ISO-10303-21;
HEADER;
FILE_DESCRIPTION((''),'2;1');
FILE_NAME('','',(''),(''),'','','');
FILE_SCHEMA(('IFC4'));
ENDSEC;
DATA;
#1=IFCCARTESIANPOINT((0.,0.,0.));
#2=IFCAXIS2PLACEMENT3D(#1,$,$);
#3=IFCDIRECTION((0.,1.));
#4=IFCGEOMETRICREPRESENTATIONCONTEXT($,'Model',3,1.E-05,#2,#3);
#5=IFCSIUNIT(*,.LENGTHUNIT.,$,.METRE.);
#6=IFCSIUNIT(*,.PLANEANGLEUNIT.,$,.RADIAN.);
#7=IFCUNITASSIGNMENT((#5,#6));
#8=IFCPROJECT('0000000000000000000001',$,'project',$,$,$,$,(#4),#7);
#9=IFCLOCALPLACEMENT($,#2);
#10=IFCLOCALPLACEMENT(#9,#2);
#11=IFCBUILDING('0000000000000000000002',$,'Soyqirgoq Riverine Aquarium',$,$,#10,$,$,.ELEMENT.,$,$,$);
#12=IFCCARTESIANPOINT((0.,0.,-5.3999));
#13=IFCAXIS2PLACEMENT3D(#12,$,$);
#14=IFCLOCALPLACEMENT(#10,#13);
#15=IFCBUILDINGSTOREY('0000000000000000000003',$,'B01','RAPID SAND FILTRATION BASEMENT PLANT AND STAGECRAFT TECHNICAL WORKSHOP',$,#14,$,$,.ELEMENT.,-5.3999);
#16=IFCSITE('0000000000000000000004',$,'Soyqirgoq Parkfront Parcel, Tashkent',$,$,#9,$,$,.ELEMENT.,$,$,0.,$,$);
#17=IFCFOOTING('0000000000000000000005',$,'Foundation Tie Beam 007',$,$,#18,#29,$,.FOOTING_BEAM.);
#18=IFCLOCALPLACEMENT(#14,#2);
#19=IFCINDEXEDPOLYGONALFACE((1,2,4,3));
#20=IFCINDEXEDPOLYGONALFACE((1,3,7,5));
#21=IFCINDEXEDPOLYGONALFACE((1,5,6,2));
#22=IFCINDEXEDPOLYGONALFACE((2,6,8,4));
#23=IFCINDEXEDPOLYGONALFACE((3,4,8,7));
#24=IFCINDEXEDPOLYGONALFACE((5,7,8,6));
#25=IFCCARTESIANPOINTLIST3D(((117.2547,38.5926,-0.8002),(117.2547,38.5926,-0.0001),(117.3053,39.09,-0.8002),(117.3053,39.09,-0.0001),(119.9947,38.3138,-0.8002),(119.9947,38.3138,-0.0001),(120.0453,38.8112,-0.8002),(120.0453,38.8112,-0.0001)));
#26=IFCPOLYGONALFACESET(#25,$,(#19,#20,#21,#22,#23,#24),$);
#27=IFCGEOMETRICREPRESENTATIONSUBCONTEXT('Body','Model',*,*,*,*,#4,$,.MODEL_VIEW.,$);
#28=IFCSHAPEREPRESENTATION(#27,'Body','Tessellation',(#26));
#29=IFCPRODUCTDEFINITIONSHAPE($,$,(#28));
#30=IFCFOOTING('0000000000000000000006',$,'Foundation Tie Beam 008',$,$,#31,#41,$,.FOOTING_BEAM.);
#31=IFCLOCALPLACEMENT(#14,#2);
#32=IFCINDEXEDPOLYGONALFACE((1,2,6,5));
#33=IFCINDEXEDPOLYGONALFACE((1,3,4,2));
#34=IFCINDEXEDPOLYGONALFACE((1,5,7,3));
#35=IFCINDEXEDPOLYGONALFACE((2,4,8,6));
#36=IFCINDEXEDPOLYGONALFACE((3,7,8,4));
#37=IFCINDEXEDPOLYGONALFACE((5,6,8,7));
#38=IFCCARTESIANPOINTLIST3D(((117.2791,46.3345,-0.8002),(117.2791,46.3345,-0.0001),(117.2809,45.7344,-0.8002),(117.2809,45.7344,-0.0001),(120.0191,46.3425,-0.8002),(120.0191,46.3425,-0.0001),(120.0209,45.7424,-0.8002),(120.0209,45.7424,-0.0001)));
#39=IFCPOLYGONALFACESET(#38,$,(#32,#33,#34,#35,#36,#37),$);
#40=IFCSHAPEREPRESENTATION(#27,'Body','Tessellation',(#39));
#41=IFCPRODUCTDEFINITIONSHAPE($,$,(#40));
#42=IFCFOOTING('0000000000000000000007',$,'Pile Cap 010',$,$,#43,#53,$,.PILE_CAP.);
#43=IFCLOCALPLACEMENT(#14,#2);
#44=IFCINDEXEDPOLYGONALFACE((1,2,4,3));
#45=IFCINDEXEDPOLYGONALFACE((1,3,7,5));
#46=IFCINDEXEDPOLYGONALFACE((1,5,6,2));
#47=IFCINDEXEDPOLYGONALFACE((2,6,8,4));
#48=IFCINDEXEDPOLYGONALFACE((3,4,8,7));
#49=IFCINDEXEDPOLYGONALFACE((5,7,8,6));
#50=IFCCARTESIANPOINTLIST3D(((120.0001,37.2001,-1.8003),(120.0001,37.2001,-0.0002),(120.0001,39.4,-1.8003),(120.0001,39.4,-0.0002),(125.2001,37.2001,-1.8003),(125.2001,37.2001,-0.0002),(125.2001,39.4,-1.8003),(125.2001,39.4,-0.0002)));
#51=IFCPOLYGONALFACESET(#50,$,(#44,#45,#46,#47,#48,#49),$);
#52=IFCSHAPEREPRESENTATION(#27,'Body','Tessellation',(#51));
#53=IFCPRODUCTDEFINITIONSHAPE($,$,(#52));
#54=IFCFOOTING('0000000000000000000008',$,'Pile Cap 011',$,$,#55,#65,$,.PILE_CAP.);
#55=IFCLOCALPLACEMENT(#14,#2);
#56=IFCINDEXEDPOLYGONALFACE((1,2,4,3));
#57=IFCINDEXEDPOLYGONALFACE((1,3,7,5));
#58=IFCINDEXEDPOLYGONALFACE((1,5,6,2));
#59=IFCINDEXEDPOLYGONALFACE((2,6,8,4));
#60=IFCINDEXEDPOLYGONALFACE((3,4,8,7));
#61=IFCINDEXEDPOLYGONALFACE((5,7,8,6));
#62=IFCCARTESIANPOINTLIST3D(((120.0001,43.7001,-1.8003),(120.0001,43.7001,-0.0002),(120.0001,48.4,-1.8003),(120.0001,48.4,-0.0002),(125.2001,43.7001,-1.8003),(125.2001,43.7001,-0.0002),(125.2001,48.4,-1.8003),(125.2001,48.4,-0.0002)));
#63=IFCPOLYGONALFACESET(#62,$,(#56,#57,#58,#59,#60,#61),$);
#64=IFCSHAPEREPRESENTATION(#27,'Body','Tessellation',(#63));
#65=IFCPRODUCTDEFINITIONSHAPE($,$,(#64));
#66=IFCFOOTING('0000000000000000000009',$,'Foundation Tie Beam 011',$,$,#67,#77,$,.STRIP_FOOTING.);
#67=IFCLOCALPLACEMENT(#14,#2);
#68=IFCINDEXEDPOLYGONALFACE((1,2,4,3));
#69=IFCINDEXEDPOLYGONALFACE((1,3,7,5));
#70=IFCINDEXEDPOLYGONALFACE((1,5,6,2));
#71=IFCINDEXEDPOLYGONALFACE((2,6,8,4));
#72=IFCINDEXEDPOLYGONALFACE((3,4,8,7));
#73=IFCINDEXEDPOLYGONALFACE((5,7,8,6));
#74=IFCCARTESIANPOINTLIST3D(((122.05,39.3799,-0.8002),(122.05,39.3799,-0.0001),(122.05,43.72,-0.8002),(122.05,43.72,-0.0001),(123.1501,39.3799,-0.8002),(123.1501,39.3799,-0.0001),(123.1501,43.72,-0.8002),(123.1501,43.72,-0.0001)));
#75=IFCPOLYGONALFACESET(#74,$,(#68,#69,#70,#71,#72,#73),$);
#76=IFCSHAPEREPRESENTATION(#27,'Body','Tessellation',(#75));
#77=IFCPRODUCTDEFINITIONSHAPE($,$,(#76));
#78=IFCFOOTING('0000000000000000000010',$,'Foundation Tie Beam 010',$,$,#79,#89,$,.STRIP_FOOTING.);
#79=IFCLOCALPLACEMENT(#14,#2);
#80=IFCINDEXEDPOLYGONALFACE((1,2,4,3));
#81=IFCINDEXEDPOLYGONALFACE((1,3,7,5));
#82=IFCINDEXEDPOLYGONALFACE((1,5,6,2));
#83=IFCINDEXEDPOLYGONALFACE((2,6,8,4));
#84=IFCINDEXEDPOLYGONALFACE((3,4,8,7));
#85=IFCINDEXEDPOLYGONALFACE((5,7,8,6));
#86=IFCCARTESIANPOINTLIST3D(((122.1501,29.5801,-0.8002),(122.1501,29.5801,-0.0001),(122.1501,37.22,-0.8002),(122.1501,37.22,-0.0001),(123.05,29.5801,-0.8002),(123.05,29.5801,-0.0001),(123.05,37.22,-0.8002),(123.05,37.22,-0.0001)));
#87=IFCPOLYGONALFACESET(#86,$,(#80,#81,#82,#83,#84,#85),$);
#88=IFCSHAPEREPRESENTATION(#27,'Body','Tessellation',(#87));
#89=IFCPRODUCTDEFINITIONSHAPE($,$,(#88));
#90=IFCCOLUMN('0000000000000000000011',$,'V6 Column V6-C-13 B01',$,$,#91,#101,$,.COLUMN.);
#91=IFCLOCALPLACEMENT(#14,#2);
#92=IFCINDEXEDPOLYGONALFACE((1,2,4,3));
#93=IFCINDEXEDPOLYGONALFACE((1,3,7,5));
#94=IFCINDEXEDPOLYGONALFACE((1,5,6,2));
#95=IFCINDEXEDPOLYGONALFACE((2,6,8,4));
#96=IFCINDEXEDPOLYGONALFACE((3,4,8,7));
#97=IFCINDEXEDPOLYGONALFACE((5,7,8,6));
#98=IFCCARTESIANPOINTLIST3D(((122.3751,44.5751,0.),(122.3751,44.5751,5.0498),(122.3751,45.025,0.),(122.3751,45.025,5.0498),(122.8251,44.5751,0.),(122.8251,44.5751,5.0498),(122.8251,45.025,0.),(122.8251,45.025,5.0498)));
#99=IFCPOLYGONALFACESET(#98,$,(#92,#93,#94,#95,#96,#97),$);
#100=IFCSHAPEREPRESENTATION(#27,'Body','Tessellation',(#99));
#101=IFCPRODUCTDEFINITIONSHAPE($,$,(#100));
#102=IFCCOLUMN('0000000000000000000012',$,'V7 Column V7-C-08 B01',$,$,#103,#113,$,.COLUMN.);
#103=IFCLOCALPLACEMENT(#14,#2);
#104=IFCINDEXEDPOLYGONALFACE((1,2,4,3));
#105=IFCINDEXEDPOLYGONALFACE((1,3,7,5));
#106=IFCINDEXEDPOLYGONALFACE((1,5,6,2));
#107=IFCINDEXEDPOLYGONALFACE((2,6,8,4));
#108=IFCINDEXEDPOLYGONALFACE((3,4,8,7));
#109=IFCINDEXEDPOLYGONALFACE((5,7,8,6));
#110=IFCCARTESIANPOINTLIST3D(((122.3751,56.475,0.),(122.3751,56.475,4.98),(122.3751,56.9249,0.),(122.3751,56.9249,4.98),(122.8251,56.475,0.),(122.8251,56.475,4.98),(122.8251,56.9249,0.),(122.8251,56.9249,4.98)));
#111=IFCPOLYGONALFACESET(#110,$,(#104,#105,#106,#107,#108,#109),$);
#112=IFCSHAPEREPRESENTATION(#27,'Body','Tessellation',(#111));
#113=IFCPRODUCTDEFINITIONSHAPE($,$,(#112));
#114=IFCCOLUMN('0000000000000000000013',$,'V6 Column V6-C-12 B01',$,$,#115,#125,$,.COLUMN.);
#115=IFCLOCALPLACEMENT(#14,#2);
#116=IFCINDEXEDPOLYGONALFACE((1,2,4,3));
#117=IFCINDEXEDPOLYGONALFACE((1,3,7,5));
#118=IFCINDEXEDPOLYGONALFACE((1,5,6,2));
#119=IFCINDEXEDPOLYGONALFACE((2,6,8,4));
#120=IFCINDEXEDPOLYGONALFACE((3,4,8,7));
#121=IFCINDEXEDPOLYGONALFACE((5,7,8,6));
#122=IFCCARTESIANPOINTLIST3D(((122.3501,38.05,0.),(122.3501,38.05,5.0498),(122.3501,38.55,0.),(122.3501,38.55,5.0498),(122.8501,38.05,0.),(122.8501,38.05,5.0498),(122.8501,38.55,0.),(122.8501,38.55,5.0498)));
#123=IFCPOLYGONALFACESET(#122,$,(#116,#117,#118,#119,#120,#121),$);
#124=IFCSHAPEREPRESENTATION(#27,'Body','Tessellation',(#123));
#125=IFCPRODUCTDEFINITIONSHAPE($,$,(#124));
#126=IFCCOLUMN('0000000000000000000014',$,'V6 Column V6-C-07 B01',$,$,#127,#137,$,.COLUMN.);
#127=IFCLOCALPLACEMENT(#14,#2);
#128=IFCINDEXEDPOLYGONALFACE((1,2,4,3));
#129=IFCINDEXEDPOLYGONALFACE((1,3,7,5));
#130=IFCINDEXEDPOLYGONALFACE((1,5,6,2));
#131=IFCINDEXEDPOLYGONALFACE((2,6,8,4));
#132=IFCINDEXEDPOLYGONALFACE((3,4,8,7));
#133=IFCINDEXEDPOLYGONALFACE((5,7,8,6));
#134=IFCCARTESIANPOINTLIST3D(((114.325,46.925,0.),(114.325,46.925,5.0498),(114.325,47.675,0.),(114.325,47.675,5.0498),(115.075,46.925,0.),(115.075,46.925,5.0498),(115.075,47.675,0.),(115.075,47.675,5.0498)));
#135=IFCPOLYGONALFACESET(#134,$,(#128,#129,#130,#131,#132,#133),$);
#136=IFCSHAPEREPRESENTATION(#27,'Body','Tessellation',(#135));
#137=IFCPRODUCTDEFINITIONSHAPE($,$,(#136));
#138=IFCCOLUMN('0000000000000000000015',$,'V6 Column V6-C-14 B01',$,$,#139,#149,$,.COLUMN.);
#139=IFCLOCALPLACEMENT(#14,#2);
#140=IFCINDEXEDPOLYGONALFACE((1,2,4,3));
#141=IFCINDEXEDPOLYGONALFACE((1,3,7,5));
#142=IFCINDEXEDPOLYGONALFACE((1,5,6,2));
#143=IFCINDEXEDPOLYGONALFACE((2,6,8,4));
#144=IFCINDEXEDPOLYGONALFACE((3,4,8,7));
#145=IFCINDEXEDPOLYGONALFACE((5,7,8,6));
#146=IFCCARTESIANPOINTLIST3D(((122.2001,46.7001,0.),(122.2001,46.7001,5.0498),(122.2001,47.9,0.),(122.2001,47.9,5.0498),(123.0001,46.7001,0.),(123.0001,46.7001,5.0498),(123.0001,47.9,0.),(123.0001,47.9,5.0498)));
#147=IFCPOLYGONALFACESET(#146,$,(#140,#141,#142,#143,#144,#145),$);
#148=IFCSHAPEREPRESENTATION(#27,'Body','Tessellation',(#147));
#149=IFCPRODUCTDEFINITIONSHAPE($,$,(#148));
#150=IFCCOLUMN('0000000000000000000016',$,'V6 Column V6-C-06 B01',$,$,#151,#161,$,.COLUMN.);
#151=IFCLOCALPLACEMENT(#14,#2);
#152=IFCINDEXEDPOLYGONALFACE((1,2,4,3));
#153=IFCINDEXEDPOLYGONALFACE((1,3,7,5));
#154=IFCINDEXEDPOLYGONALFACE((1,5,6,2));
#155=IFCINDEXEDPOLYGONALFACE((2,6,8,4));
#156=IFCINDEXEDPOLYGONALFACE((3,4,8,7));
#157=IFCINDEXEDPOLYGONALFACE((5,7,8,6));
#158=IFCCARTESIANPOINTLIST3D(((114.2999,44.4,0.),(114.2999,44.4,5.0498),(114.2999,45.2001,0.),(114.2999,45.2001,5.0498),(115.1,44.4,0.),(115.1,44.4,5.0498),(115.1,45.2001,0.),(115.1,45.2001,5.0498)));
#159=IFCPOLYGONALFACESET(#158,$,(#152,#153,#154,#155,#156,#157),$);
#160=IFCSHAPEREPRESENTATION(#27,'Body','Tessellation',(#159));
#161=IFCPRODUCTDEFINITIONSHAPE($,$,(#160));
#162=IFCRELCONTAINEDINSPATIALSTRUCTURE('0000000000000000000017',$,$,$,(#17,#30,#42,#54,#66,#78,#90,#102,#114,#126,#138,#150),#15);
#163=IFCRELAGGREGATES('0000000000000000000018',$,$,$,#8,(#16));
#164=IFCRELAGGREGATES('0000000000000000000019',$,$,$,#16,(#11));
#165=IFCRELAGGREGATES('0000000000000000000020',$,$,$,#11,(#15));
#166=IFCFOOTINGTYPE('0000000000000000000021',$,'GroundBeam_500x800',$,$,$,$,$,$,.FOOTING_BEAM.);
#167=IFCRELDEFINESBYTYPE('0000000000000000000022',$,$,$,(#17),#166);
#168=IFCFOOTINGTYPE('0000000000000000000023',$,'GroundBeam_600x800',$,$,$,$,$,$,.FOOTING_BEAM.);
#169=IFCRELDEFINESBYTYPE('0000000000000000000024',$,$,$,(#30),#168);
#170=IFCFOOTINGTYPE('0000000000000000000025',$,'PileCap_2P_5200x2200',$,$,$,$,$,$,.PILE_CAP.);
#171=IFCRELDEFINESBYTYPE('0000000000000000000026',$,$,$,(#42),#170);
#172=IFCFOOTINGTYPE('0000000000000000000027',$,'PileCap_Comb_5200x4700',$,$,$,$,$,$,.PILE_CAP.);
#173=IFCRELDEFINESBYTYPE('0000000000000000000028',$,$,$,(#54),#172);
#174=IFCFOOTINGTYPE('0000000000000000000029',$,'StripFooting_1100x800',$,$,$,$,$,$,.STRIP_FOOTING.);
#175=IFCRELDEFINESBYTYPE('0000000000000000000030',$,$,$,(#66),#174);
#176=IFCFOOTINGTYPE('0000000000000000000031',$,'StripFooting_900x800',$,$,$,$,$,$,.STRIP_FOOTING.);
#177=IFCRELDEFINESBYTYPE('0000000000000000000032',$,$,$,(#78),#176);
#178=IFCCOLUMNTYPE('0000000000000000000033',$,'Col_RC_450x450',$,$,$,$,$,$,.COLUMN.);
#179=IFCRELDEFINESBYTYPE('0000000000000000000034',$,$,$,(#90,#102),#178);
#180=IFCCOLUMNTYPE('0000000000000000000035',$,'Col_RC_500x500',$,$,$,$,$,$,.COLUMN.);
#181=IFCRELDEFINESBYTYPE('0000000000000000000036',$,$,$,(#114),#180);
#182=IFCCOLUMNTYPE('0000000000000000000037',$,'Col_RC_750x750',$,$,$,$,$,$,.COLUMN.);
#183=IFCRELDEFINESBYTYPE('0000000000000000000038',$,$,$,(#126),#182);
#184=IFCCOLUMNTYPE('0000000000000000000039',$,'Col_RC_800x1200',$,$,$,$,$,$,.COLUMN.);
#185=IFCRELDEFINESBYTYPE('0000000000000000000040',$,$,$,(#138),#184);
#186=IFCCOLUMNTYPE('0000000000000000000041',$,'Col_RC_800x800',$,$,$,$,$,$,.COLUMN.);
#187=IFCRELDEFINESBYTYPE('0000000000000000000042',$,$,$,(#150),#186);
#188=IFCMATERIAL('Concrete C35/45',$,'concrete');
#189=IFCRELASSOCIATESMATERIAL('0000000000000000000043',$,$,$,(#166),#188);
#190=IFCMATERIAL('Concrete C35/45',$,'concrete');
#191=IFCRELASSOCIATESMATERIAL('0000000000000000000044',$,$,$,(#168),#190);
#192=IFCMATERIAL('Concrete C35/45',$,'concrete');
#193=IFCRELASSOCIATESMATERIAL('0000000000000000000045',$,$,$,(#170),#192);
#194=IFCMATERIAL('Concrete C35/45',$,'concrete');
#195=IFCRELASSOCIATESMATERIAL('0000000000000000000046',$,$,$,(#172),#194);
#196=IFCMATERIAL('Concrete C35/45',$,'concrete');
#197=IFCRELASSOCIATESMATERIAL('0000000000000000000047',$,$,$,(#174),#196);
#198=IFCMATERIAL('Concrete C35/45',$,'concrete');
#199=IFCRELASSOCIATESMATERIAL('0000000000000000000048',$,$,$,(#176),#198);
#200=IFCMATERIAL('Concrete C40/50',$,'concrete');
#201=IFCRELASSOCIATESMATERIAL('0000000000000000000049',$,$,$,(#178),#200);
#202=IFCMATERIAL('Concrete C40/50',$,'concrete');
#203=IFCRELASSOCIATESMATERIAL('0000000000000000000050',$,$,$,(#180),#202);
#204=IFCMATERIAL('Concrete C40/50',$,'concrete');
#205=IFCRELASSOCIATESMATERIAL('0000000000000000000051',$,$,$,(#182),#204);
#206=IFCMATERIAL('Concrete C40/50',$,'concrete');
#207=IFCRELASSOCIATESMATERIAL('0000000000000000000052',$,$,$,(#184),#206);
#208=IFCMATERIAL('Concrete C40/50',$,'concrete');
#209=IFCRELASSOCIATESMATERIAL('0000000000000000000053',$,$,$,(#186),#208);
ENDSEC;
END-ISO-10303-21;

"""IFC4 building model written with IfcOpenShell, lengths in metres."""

from ifc_helpers import new_model, si_unit, direction, frame, origin, origin_2d, place, context, subcontext, project, spatial, rectangle, extrude, material, material_profile, profile_set, type_object, element, save


model = new_model("IFC4")

# Units and contexts
model_context = context("Model", 3, precision=1e-05, world=origin(), true_north=direction((0.0, 1.0)))
body_context = subcontext(model_context, "Body", "Model", "MODEL_VIEW")
ifc_project = project(units=[si_unit("LENGTHUNIT", "METRE"), si_unit("PLANEANGLEUNIT", "RADIAN")], contexts=[model_context])

# Site, building, storey
site_placement = place(None, origin())
site = spatial("IfcSite", under=ifc_project, at=site_placement, Name="Soyqirgoq Parkfront Parcel, Tashkent", CompositionType="ELEMENT", RefElevation=0.0)
building_placement = place(site_placement, origin())
building = spatial("IfcBuilding", under=site, at=building_placement, Name="Soyqirgoq Riverine Aquarium", CompositionType="ELEMENT")
storey_placement = place(building_placement, frame((0.0, 0.0, -5.3999)))
storey = spatial("IfcBuildingStorey", under=building, at=storey_placement, Name="B01", Description="RAPID SAND FILTRATION BASEMENT PLANT AND STAGECRAFT TECHNICAL WORKSHOP", CompositionType="ELEMENT", Elevation=-5.3999)

# Footings
ifc_material_1 = material(Name="Concrete C35/45", Category="concrete")
ifc_material_profile_1 = material_profile(ifc_material_1, rectangle(XDim=0.5, YDim=0.8, at=origin_2d()), Name="RC 500x800")
ifc_profile_set_1 = profile_set([ifc_material_profile_1], Name="Concrete C35/45")
footing_type_1 = type_object("IfcFootingType", Name="GroundBeam_500x800", PredefinedType="FOOTING_BEAM", material=ifc_profile_set_1)
footing_1_placement = place(storey_placement, frame((117.28, 38.8413, -0.4001), z_axis=(0.994863, -0.101233, 0.0), x_axis=(0.101233, 0.994863, 0.0)))
element("IfcFooting", 1, at=footing_1_placement, inside=storey, type_object=footing_type_1, Name="Foundation Tie Beam 007", PredefinedType="FOOTING_BEAM", context=body_context, shape_type="SweptSolid", body=[
    extrude(rectangle(XDim=0.5, YDim=0.8, at=origin_2d()), origin(), (0.0, 0.0, 1.0), 2.7542),
])
ifc_material_2 = material(Name="Concrete C35/45", Category="concrete")
ifc_material_profile_2 = material_profile(ifc_material_2, rectangle(XDim=0.6001, YDim=0.8, at=origin_2d()), Name="RC 600x800")
ifc_profile_set_2 = profile_set([ifc_material_profile_2], Name="Concrete C35/45")
footing_type_2 = type_object("IfcFootingType", Name="GroundBeam_600x800", PredefinedType="FOOTING_BEAM", material=ifc_profile_set_2)
footing_2_placement = place(storey_placement, frame((117.28, 46.0344, -0.4001), z_axis=(0.999996, 0.00294, 0.0), x_axis=(-0.00294, 0.999996, 0.0)))
element("IfcFooting", 2, at=footing_2_placement, inside=storey, type_object=footing_type_2, Name="Foundation Tie Beam 008", PredefinedType="FOOTING_BEAM", context=body_context, shape_type="SweptSolid", body=[
    extrude(rectangle(XDim=0.6001, YDim=0.8, at=origin_2d()), origin(), (0.0, 0.0, 1.0), 2.74),
])
ifc_material_3 = material(Name="Concrete C35/45", Category="concrete")
footing_type_3 = type_object("IfcFootingType", Name="PileCap_2P_5200x2200", PredefinedType="PILE_CAP", material=ifc_material_3)
footing_3_placement = place(storey_placement, frame((122.6001, 38.3, -1.8003), z_axis=(0.0, 0.0, 1.0), x_axis=(1.0, 0.0, 0.0)))
element("IfcFooting", 3, at=footing_3_placement, inside=storey, type_object=footing_type_3, Name="Pile Cap 010", PredefinedType="PILE_CAP", context=body_context, shape_type="SweptSolid", body=[
    extrude(rectangle(XDim=5.2, YDim=2.2, at=origin_2d()), origin(), (0.0, 0.0, 1.0), 1.8),
])
ifc_material_4 = material(Name="Concrete C35/45", Category="concrete")
footing_type_4 = type_object("IfcFootingType", Name="PileCap_Comb_5200x4700", PredefinedType="PILE_CAP", material=ifc_material_4)
footing_4_placement = place(storey_placement, frame((122.6001, 46.05, -1.8003), z_axis=(0.0, 0.0, 1.0), x_axis=(1.0, 0.0, 0.0)))
element("IfcFooting", 4, at=footing_4_placement, inside=storey, type_object=footing_type_4, Name="Pile Cap 011", PredefinedType="PILE_CAP", context=body_context, shape_type="SweptSolid", body=[
    extrude(rectangle(XDim=5.2, YDim=4.7, at=origin_2d()), origin(), (0.0, 0.0, 1.0), 1.8),
])
ifc_material_5 = material(Name="Concrete C35/45", Category="concrete")
ifc_material_profile_3 = material_profile(ifc_material_5, rectangle(XDim=1.1001, YDim=0.8, at=origin_2d()), Name="RC 1100x800")
ifc_profile_set_3 = profile_set([ifc_material_profile_3], Name="Concrete C35/45")
footing_type_5 = type_object("IfcFootingType", Name="StripFooting_1100x800", PredefinedType="STRIP_FOOTING", material=ifc_profile_set_3)
footing_5_placement = place(storey_placement, frame((122.6001, 39.3799, -0.4001), z_axis=(0.0, 1.0, 0.0), x_axis=(-1.0, 0.0, 0.0)))
element("IfcFooting", 5, at=footing_5_placement, inside=storey, type_object=footing_type_5, Name="Foundation Tie Beam 011", PredefinedType="STRIP_FOOTING", context=body_context, shape_type="SweptSolid", body=[
    extrude(rectangle(XDim=1.1001, YDim=0.8, at=origin_2d()), origin(), (0.0, 0.0, 1.0), 4.3401),
])
ifc_material_6 = material(Name="Concrete C35/45", Category="concrete")
ifc_material_profile_4 = material_profile(ifc_material_6, rectangle(XDim=0.8999, YDim=0.8, at=origin_2d()), Name="RC 900x800")
ifc_profile_set_4 = profile_set([ifc_material_profile_4], Name="Concrete C35/45")
footing_type_6 = type_object("IfcFootingType", Name="StripFooting_900x800", PredefinedType="STRIP_FOOTING", material=ifc_profile_set_4)
footing_6_placement = place(storey_placement, frame((122.6001, 29.5801, -0.4001), z_axis=(0.0, 1.0, 0.0), x_axis=(-1.0, 0.0, 0.0)))
element("IfcFooting", 6, at=footing_6_placement, inside=storey, type_object=footing_type_6, Name="Foundation Tie Beam 010", PredefinedType="STRIP_FOOTING", context=body_context, shape_type="SweptSolid", body=[
    extrude(rectangle(XDim=0.8999, YDim=0.8, at=origin_2d()), origin(), (0.0, 0.0, 1.0), 7.6399),
])

# Columns
ifc_material_7 = material(Name="Concrete C40/50", Category="concrete")
ifc_material_profile_5 = material_profile(ifc_material_7, rectangle(XDim=0.45, YDim=0.45, at=origin_2d()), Name="RC 450x450")
ifc_profile_set_5 = profile_set([ifc_material_profile_5], Name="Concrete C40/50")
column_type_1 = type_object("IfcColumnType", Name="Col_RC_450x450", PredefinedType="COLUMN", material=ifc_profile_set_5)
column_1_placement = place(storey_placement, frame((122.6001, 44.8, 0.0), z_axis=(0.0, 0.0, 1.0), x_axis=(1.0, 0.0, 0.0)))
element("IfcColumn", 7, at=column_1_placement, inside=storey, type_object=column_type_1, Name="V6 Column V6-C-13 B01", PredefinedType="COLUMN", context=body_context, shape_type="SweptSolid", body=[
    extrude(rectangle(XDim=0.45, YDim=0.45, at=origin_2d()), origin(), (0.0, 0.0, 1.0), 5.0498),
])
column_2_placement = place(storey_placement, frame((122.6001, 56.7, 0.0), z_axis=(0.0, 0.0, 1.0), x_axis=(1.0, 0.0, 0.0)))
element("IfcColumn", 8, at=column_2_placement, inside=storey, type_object=column_type_1, Name="V7 Column V7-C-08 B01", PredefinedType="COLUMN", context=body_context, shape_type="SweptSolid", body=[
    extrude(rectangle(XDim=0.45, YDim=0.45, at=origin_2d()), origin(), (0.0, 0.0, 1.0), 4.98),
])
ifc_material_8 = material(Name="Concrete C40/50", Category="concrete")
ifc_material_profile_6 = material_profile(ifc_material_8, rectangle(XDim=0.5, YDim=0.5, at=origin_2d()), Name="RC 500x500")
ifc_profile_set_6 = profile_set([ifc_material_profile_6], Name="Concrete C40/50")
column_type_2 = type_object("IfcColumnType", Name="Col_RC_500x500", PredefinedType="COLUMN", material=ifc_profile_set_6)
column_3_placement = place(storey_placement, frame((122.6001, 38.3, 0.0), z_axis=(0.0, 0.0, 1.0), x_axis=(1.0, 0.0, 0.0)))
element("IfcColumn", 9, at=column_3_placement, inside=storey, type_object=column_type_2, Name="V6 Column V6-C-12 B01", PredefinedType="COLUMN", context=body_context, shape_type="SweptSolid", body=[
    extrude(rectangle(XDim=0.5, YDim=0.5, at=origin_2d()), origin(), (0.0, 0.0, 1.0), 5.0498),
])
ifc_material_9 = material(Name="Concrete C40/50", Category="concrete")
ifc_material_profile_7 = material_profile(ifc_material_9, rectangle(XDim=0.75, YDim=0.75, at=origin_2d()), Name="RC 750x750")
ifc_profile_set_7 = profile_set([ifc_material_profile_7], Name="Concrete C40/50")
column_type_3 = type_object("IfcColumnType", Name="Col_RC_750x750", PredefinedType="COLUMN", material=ifc_profile_set_7)
column_4_placement = place(storey_placement, frame((114.7, 47.3, 0.0), z_axis=(0.0, 0.0, 1.0), x_axis=(1.0, 0.0, 0.0)))
element("IfcColumn", 10, at=column_4_placement, inside=storey, type_object=column_type_3, Name="V6 Column V6-C-07 B01", PredefinedType="COLUMN", context=body_context, shape_type="SweptSolid", body=[
    extrude(rectangle(XDim=0.75, YDim=0.75, at=origin_2d()), origin(), (0.0, 0.0, 1.0), 5.0498),
])
ifc_material_10 = material(Name="Concrete C40/50", Category="concrete")
ifc_material_profile_8 = material_profile(ifc_material_10, rectangle(XDim=0.8, YDim=1.2, at=origin_2d()), Name="RC-COL 800x1200")
ifc_profile_set_8 = profile_set([ifc_material_profile_8], Name="Concrete C40/50")
column_type_4 = type_object("IfcColumnType", Name="Col_RC_800x1200", PredefinedType="COLUMN", material=ifc_profile_set_8)
column_5_placement = place(storey_placement, frame((122.6001, 47.3, 0.0), z_axis=(0.0, 0.0, 1.0), x_axis=(1.0, 0.0, 0.0)))
element("IfcColumn", 11, at=column_5_placement, inside=storey, type_object=column_type_4, Name="V6 Column V6-C-14 B01", PredefinedType="COLUMN", context=body_context, shape_type="SweptSolid", body=[
    extrude(rectangle(XDim=0.8, YDim=1.2, at=origin_2d()), origin(), (0.0, 0.0, 1.0), 5.0498),
])
ifc_material_11 = material(Name="Concrete C40/50", Category="concrete")
ifc_material_profile_9 = material_profile(ifc_material_11, rectangle(XDim=0.8, YDim=0.8, at=origin_2d()), Name="RC 800x800")
ifc_profile_set_9 = profile_set([ifc_material_profile_9], Name="Concrete C40/50")
column_type_5 = type_object("IfcColumnType", Name="Col_RC_800x800", PredefinedType="COLUMN", material=ifc_profile_set_9)
column_6_placement = place(storey_placement, frame((114.7, 44.8, 0.0), z_axis=(0.0, 0.0, 1.0), x_axis=(1.0, 0.0, 0.0)))
element("IfcColumn", 12, at=column_6_placement, inside=storey, type_object=column_type_5, Name="V6 Column V6-C-06 B01", PredefinedType="COLUMN", context=body_context, shape_type="SweptSolid", body=[
    extrude(rectangle(XDim=0.8, YDim=0.8, at=origin_2d()), origin(), (0.0, 0.0, 1.0), 5.0498),
])

save(model, "model.ifc")
